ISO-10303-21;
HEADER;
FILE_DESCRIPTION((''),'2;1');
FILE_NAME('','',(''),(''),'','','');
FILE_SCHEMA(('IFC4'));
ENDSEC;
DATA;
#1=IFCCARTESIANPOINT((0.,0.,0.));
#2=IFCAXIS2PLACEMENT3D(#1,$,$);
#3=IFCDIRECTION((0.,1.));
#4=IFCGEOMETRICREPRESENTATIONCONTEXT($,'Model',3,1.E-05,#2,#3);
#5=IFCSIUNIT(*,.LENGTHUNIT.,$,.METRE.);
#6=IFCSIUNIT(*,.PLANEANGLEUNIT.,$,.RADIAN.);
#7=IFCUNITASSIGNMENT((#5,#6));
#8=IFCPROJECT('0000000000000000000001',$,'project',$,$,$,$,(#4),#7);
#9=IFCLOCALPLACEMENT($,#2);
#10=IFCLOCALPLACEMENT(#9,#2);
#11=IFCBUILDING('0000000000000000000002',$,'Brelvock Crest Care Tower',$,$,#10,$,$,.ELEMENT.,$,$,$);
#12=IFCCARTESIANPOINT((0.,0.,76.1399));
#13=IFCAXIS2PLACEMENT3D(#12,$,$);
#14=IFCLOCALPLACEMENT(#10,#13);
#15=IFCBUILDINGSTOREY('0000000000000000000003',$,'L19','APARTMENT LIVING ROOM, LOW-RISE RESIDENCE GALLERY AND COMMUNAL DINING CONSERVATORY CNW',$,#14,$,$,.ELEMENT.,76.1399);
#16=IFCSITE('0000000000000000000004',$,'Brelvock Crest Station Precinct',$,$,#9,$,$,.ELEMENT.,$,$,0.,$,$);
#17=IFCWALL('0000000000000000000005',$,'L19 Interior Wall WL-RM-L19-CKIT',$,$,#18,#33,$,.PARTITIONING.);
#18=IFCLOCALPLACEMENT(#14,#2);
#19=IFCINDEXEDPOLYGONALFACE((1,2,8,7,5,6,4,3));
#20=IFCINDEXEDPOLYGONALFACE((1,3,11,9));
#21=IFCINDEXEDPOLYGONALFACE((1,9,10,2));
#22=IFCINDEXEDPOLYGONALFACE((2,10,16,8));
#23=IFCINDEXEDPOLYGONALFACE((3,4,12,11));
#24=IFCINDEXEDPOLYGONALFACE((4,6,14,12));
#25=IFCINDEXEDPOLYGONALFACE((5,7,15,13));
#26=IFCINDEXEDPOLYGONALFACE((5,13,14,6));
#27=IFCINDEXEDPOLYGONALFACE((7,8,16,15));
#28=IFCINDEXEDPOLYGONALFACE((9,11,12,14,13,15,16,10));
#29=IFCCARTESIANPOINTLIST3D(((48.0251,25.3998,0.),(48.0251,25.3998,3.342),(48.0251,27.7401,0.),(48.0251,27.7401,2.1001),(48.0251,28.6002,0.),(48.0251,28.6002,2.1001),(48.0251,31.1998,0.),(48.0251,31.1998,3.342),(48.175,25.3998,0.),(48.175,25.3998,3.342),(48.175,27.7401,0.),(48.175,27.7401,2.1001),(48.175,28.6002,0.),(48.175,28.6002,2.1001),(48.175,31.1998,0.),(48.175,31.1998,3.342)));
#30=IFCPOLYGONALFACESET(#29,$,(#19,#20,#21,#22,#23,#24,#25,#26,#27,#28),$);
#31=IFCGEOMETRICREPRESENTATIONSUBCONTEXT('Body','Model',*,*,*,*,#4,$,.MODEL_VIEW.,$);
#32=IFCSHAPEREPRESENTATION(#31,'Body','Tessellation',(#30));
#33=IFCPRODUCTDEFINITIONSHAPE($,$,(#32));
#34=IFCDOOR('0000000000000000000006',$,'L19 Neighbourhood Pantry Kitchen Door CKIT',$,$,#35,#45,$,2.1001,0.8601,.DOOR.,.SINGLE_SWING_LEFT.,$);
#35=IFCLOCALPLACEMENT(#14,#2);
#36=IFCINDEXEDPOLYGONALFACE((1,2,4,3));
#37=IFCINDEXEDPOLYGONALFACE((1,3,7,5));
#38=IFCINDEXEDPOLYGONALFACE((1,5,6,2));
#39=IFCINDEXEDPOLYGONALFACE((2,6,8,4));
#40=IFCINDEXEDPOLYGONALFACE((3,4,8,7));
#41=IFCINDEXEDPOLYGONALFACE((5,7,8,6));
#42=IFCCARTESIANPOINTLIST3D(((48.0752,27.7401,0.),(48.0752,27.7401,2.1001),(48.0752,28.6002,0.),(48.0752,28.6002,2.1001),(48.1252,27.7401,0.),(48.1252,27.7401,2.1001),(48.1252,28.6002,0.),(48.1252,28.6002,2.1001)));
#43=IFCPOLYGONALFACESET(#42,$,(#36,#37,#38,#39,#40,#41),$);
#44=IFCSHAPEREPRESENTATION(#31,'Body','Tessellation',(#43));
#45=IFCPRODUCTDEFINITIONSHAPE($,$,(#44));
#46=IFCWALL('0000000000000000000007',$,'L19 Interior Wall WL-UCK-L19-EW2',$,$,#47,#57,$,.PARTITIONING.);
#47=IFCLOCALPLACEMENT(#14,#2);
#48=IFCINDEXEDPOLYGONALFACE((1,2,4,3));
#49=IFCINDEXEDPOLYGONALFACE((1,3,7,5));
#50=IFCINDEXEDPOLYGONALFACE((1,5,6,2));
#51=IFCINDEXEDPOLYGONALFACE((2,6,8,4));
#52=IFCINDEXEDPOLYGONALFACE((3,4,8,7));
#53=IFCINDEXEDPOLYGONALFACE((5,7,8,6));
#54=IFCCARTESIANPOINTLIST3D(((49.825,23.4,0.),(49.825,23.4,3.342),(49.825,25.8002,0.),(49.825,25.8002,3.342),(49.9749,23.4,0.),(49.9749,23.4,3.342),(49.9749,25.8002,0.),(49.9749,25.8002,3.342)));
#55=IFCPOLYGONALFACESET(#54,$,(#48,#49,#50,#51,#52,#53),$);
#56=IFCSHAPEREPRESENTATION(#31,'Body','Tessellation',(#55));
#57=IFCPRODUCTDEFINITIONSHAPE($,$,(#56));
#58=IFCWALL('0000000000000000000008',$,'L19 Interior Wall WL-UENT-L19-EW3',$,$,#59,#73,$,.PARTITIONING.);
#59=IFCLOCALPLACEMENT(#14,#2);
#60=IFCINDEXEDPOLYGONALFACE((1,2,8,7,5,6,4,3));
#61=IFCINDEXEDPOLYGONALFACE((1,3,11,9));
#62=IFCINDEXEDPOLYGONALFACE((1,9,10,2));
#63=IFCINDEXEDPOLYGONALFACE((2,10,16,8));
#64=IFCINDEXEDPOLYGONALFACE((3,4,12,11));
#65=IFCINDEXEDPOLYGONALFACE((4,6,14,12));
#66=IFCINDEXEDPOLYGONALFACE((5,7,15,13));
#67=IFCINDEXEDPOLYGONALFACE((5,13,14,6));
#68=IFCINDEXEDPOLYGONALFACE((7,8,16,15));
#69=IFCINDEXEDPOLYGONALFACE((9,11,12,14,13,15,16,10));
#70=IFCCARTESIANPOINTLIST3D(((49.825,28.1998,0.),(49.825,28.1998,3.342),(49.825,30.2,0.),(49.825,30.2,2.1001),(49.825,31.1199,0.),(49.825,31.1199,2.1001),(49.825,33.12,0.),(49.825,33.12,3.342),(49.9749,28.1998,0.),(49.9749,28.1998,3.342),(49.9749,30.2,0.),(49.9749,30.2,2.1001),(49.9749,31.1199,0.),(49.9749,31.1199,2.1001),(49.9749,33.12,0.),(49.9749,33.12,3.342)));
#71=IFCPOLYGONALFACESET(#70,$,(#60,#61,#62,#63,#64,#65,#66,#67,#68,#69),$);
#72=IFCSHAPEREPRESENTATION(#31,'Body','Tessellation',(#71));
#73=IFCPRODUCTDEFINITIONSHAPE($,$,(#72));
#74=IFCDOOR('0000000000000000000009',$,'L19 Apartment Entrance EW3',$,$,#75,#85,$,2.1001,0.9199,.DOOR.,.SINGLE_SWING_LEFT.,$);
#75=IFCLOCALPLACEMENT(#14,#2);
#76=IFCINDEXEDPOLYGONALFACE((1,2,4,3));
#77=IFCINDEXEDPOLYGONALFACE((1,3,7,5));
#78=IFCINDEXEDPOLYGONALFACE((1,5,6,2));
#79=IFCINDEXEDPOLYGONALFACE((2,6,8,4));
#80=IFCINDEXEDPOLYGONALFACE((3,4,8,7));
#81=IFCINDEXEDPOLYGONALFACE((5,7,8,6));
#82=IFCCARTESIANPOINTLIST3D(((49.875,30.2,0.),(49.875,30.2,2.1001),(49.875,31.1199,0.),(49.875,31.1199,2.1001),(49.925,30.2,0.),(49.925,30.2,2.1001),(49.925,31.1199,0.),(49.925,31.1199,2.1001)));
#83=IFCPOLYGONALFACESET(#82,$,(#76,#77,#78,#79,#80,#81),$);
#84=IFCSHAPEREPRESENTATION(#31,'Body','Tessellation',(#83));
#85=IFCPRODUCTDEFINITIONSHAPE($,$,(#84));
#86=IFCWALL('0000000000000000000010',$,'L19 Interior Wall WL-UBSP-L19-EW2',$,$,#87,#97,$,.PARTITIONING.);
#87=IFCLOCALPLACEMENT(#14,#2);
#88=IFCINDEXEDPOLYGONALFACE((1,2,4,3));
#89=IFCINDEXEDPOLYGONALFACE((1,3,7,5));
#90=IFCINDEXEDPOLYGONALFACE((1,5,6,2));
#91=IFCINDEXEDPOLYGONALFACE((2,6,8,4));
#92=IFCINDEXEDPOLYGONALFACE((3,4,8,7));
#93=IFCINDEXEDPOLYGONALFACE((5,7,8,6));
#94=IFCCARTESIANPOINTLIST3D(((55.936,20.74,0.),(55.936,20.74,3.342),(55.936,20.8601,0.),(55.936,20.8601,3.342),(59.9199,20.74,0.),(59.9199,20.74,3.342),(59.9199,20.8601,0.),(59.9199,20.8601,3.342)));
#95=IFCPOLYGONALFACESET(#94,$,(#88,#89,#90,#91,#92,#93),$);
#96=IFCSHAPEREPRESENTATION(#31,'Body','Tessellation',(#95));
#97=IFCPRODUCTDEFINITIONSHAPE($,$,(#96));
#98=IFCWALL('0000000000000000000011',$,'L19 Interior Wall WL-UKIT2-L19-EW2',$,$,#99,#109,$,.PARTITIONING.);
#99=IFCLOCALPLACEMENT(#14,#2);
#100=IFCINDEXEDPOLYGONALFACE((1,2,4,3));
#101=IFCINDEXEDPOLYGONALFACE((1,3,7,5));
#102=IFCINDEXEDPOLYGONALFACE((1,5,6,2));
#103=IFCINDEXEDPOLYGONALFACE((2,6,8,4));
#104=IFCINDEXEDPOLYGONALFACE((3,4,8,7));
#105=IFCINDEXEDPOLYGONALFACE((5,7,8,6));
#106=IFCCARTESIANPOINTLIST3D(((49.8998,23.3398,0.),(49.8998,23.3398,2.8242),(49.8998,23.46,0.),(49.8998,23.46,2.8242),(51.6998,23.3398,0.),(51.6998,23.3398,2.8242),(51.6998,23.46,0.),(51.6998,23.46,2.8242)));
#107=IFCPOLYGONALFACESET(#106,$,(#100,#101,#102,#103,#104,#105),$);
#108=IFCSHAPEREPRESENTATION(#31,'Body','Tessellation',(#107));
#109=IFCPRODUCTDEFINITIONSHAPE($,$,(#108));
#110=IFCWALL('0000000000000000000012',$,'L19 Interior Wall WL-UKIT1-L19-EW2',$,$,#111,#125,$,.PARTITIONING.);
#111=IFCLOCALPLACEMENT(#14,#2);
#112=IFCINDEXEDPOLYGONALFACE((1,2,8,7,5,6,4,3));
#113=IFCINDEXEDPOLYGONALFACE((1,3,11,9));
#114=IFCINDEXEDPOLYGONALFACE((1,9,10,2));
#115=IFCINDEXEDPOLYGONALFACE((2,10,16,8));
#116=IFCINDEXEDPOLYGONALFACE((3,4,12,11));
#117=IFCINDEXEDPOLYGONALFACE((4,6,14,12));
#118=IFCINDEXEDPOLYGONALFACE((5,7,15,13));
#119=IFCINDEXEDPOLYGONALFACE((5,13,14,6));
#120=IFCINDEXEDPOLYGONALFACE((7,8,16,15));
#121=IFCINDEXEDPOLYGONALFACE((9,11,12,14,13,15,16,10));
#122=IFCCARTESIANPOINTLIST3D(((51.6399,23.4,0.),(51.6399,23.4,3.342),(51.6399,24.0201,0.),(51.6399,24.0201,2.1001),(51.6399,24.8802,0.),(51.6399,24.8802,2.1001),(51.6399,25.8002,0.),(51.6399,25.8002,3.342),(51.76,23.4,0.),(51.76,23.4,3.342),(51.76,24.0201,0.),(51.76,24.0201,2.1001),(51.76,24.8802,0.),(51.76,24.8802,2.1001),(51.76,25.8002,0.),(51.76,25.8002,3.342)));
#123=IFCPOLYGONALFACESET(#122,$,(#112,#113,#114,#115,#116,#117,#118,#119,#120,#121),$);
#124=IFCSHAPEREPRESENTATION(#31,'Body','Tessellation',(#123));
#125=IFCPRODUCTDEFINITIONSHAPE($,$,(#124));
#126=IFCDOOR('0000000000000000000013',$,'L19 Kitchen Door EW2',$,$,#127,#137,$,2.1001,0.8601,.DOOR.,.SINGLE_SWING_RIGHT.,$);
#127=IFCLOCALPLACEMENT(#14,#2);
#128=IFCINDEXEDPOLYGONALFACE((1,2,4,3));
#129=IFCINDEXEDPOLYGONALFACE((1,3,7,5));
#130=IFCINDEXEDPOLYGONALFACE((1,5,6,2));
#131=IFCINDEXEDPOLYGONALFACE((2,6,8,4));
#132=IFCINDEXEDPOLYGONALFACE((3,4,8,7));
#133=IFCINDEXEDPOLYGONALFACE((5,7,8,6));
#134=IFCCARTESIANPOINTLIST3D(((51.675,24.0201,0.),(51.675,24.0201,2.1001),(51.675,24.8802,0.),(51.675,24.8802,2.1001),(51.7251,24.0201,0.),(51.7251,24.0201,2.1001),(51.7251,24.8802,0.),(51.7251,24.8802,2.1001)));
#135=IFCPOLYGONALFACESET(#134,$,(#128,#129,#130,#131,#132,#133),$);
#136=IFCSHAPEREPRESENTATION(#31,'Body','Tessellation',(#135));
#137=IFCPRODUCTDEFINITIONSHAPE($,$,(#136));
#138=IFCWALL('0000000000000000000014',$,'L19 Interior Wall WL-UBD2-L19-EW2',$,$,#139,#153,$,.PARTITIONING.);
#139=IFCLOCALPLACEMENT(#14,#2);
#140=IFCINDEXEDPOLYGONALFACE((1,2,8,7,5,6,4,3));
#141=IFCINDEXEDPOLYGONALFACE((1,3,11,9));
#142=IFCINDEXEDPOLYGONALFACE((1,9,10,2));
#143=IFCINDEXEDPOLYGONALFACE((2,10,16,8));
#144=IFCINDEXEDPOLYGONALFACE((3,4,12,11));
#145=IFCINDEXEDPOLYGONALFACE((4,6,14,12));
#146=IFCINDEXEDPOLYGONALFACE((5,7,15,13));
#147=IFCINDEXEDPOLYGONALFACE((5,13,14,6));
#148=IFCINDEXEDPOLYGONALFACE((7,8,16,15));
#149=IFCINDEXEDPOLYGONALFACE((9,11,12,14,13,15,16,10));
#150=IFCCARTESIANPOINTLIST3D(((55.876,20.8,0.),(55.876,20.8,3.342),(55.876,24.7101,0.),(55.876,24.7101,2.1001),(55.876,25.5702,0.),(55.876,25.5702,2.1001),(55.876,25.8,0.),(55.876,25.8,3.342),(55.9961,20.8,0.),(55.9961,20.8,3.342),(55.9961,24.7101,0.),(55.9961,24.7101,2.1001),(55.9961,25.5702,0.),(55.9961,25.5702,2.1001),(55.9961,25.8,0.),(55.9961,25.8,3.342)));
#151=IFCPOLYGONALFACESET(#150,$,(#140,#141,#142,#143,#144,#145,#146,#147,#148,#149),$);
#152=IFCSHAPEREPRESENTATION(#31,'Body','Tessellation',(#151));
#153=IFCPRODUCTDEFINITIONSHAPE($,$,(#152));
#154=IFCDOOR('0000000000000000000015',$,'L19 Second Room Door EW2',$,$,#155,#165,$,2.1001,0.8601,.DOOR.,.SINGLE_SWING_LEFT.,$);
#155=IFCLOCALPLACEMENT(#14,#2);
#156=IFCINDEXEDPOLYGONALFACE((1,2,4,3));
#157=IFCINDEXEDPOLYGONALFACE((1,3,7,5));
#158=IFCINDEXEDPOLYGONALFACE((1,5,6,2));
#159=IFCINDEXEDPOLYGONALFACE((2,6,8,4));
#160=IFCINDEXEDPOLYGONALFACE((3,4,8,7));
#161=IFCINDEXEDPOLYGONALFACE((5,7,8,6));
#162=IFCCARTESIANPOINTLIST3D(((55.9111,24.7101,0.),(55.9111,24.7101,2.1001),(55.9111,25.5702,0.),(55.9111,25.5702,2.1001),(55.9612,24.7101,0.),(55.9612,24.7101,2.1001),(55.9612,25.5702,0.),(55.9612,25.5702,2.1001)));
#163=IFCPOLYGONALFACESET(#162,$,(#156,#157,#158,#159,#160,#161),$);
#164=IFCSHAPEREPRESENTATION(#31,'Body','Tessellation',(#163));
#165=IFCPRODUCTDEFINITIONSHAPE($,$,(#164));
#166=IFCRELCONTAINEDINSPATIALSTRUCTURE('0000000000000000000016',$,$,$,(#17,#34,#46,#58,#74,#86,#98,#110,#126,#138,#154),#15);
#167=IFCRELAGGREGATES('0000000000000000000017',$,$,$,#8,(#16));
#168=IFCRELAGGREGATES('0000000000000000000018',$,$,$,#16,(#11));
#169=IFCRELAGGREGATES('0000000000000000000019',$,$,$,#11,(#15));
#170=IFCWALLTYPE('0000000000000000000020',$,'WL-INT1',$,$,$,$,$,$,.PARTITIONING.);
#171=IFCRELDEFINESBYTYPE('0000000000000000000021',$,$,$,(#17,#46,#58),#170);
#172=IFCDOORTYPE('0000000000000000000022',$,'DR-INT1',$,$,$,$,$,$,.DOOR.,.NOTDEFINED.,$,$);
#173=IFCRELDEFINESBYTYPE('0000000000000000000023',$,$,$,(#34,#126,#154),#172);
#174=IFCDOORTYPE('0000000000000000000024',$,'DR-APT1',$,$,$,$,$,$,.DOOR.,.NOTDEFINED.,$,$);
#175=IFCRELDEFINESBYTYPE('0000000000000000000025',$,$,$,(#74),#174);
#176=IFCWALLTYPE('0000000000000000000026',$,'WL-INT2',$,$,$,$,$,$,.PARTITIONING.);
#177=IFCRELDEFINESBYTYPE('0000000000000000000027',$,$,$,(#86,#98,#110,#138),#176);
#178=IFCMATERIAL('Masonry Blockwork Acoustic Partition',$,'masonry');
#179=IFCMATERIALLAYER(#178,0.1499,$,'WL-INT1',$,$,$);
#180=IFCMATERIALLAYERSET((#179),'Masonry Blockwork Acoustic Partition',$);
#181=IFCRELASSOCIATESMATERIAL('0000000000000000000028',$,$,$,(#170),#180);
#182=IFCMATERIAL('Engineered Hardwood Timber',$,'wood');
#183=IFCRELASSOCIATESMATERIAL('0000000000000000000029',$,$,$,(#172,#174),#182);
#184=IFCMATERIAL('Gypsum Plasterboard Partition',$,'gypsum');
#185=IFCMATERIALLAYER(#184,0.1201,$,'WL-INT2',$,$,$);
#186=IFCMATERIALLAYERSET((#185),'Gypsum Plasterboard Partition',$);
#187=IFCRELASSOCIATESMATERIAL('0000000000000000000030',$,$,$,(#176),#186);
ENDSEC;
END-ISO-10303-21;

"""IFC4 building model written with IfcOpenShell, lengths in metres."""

from ifc_helpers import new_model, si_unit, direction, frame, frame_2d, origin, origin_2d, place, context, subcontext, project, spatial, rectangle, extrude, source, transform, mapped, material, layer, layer_set, type_object, element, fill, save


model = new_model("IFC4")

# Units and contexts
model_context = context("Model", 3, precision=1e-05, world=origin(), true_north=direction((0.0, 1.0)))
body_context = subcontext(model_context, "Body", "Model", "MODEL_VIEW")
ifc_project = project(units=[si_unit("LENGTHUNIT", "METRE"), si_unit("PLANEANGLEUNIT", "RADIAN")], contexts=[model_context])

# Site, building, storey
site_placement = place(None, origin())
site = spatial("IfcSite", under=ifc_project, at=site_placement, Name="Brelvock Crest Station Precinct", CompositionType="ELEMENT", RefElevation=0.0)
building_placement = place(site_placement, origin())
building = spatial("IfcBuilding", under=site, at=building_placement, Name="Brelvock Crest Care Tower", CompositionType="ELEMENT")
storey_placement = place(building_placement, frame((0.0, 0.0, 76.1399)))
storey = spatial("IfcBuildingStorey", under=building, at=storey_placement, Name="L19", Description="APARTMENT LIVING ROOM, LOW-RISE RESIDENCE GALLERY AND COMMUNAL DINING CONSERVATORY CNW", CompositionType="ELEMENT", Elevation=76.1399)

# Shared definitions
ifc_material_1 = material(Name="Masonry Blockwork Acoustic Partition", Category="masonry")
ifc_layer_1 = layer(ifc_material_1, 0.1499, Name="WL-INT1")
ifc_layer_set_1 = layer_set([ifc_layer_1], Name="Masonry Blockwork Acoustic Partition")
wall_type_1 = type_object("IfcWallType", Name="WL-INT1", PredefinedType="PARTITIONING", material=ifc_layer_set_1)

# Wall, opening, door
wall_1_placement = place(storey_placement, frame((48.1001, 25.3999, 0.0), z_axis=(0.0, 0.0, 1.0), x_axis=(0.0, 1.0, 0.0)))
wall_1 = element("IfcWall", 1, at=wall_1_placement, inside=storey, type_object=wall_type_1, Name="L19 Interior Wall WL-RM-L19-CKIT", PredefinedType="PARTITIONING", context=body_context, shape_type="SweptSolid", body=[
    extrude(rectangle(XDim=5.8, YDim=0.1499, at=frame_2d((2.8999, 0.0))), origin(), (0.0, 0.0, 1.0), 3.342),
])
opening_1_placement = place(wall_1_placement, frame((2.3401, 0.0, 0.0)))
opening_1 = element("IfcOpeningElement", 2, at=opening_1_placement, cuts=wall_1, PredefinedType="OPENING", context=body_context, shape_type="SweptSolid", body=[
    extrude(rectangle(XDim=0.8601, YDim=2.1001, at=origin_2d()), frame((0.4302, 0.085, 1.05), z_axis=(0.0, -1.0, 0.0), x_axis=(1.0, 0.0, 0.0)), (0.0, 0.0, 1.0), 0.1699),
])
ifc_material_2 = material(Name="Engineered Hardwood Timber", Category="wood")
door_type_1 = type_object("IfcDoorType", Name="DR-INT1", OperationType="NOTDEFINED", PredefinedType="DOOR", material=ifc_material_2)
shared_shape_1 = source(origin(), body_context, "Body", "SweptSolid", [
    extrude(rectangle(XDim=0.8601, YDim=2.1001, at=origin_2d()), frame((0.4302, 0.0249, 1.05), z_axis=(0.0, -1.0, 0.0), x_axis=(1.0, 0.0, 0.0)), (0.0, 0.0, 1.0), 0.05),
])
door_1_placement = place(opening_1_placement, origin())
door_1 = element("IfcDoor", 3, at=door_1_placement, inside=storey, type_object=door_type_1, Name="L19 Neighbourhood Pantry Kitchen Door CKIT", OperationType="SINGLE_SWING_LEFT", OverallHeight=2.1001, OverallWidth=0.8601, PredefinedType="DOOR", context=body_context, shape_type="MappedRepresentation", body=[
    mapped(shared_shape_1, transform((0.0, 0.0, 0.0), x_axis=(1.0, 0.0, 0.0), y_axis=(0.0, 1.0, 0.0), z_axis=(0.0, 0.0, 1.0), scale=1.0)),
])
fill(opening_1, door_1)

# Wall
wall_2_placement = place(storey_placement, frame((49.8999, 23.3999, 0.0), z_axis=(0.0, 0.0, 1.0), x_axis=(0.0, 1.0, 0.0)))
element("IfcWall", 4, at=wall_2_placement, inside=storey, type_object=wall_type_1, Name="L19 Interior Wall WL-UCK-L19-EW2", PredefinedType="PARTITIONING", context=body_context, shape_type="SweptSolid", body=[
    extrude(rectangle(XDim=2.4001, YDim=0.1499, at=frame_2d((1.2002, 0.0))), origin(), (0.0, 0.0, 1.0), 3.342),
])

# Wall, opening, door
wall_3_placement = place(storey_placement, frame((49.8999, 28.2, 0.0), z_axis=(0.0, 0.0, 1.0), x_axis=(0.0, 1.0, 0.0)))
wall_3 = element("IfcWall", 5, at=wall_3_placement, inside=storey, type_object=wall_type_1, Name="L19 Interior Wall WL-UENT-L19-EW3", PredefinedType="PARTITIONING", context=body_context, shape_type="SweptSolid", body=[
    extrude(rectangle(XDim=4.9202, YDim=0.1499, at=frame_2d((2.46, 0.0))), origin(), (0.0, 0.0, 1.0), 3.342),
])
opening_2_placement = place(wall_3_placement, frame((2.0, 0.0, 0.0)))
opening_2 = element("IfcOpeningElement", 6, at=opening_2_placement, cuts=wall_3, PredefinedType="OPENING", context=body_context, shape_type="SweptSolid", body=[
    extrude(rectangle(XDim=0.9199, YDim=2.1001, at=origin_2d()), frame((0.46, 0.085, 1.05), z_axis=(0.0, -1.0, 0.0), x_axis=(1.0, 0.0, 0.0)), (0.0, 0.0, 1.0), 0.1699),
])
door_type_2 = type_object("IfcDoorType", Name="DR-APT1", OperationType="NOTDEFINED", PredefinedType="DOOR", material=ifc_material_2)
shared_shape_2 = source(origin(), body_context, "Body", "SweptSolid", [
    extrude(rectangle(XDim=0.9199, YDim=2.1001, at=origin_2d()), frame((0.46, 0.0249, 1.05), z_axis=(0.0, -1.0, 0.0), x_axis=(1.0, 0.0, 0.0)), (0.0, 0.0, 1.0), 0.05),
])
door_2_placement = place(opening_2_placement, origin())
door_2 = element("IfcDoor", 7, at=door_2_placement, inside=storey, type_object=door_type_2, Name="L19 Apartment Entrance EW3", OperationType="SINGLE_SWING_LEFT", OverallHeight=2.1001, OverallWidth=0.9199, PredefinedType="DOOR", context=body_context, shape_type="MappedRepresentation", body=[
    mapped(shared_shape_2, transform((0.0, 0.0, 0.0), x_axis=(1.0, 0.0, 0.0), y_axis=(0.0, 1.0, 0.0), z_axis=(0.0, 0.0, 1.0), scale=1.0)),
])
fill(opening_2, door_2)

# Walls
ifc_material_3 = material(Name="Gypsum Plasterboard Partition", Category="gypsum")
ifc_layer_2 = layer(ifc_material_3, 0.1201, Name="WL-INT2")
ifc_layer_set_2 = layer_set([ifc_layer_2], Name="Gypsum Plasterboard Partition")
wall_type_2 = type_object("IfcWallType", Name="WL-INT2", PredefinedType="PARTITIONING", material=ifc_layer_set_2)
wall_4_placement = place(storey_placement, frame((55.936, 20.8, 0.0), z_axis=(0.0, 0.0, 1.0), x_axis=(1.0, 0.0, 0.0)))
element("IfcWall", 8, at=wall_4_placement, inside=storey, type_object=wall_type_2, Name="L19 Interior Wall WL-UBSP-L19-EW2", PredefinedType="PARTITIONING", context=body_context, shape_type="SweptSolid", body=[
    extrude(rectangle(XDim=3.9839, YDim=0.1201, at=frame_2d((1.9919, 0.0))), origin(), (0.0, 0.0, 1.0), 3.342),
])
wall_5_placement = place(storey_placement, frame((49.8999, 23.3999, 0.0), z_axis=(0.0, 0.0, 1.0), x_axis=(1.0, 0.0, 0.0)))
element("IfcWall", 9, at=wall_5_placement, inside=storey, type_object=wall_type_2, Name="L19 Interior Wall WL-UKIT2-L19-EW2", PredefinedType="PARTITIONING", context=body_context, shape_type="SweptSolid", body=[
    extrude(rectangle(XDim=1.8, YDim=0.1201, at=frame_2d((0.8999, 0.0))), origin(), (0.0, 0.0, 1.0), 2.8242),
])

# Walls, openings, doors
wall_6_placement = place(storey_placement, frame((51.7, 23.3999, 0.0), z_axis=(0.0, 0.0, 1.0), x_axis=(0.0, 1.0, 0.0)))
wall_6 = element("IfcWall", 10, at=wall_6_placement, inside=storey, type_object=wall_type_2, Name="L19 Interior Wall WL-UKIT1-L19-EW2", PredefinedType="PARTITIONING", context=body_context, shape_type="SweptSolid", body=[
    extrude(rectangle(XDim=2.4001, YDim=0.1201, at=frame_2d((1.2002, 0.0))), origin(), (0.0, 0.0, 1.0), 3.342),
])
opening_3_placement = place(wall_6_placement, frame((0.6201, 0.0, 0.0)))
opening_3 = element("IfcOpeningElement", 11, at=opening_3_placement, cuts=wall_6, PredefinedType="OPENING", context=body_context, shape_type="SweptSolid", body=[
    extrude(rectangle(XDim=0.8601, YDim=2.1001, at=origin_2d()), frame((0.4302, 0.0701, 1.05), z_axis=(0.0, -1.0, 0.0), x_axis=(1.0, 0.0, 0.0)), (0.0, 0.0, 1.0), 0.1401),
])
door_3_placement = place(opening_3_placement, origin())
door_3 = element("IfcDoor", 12, at=door_3_placement, inside=storey, type_object=door_type_1, Name="L19 Kitchen Door EW2", OperationType="SINGLE_SWING_RIGHT", OverallHeight=2.1001, OverallWidth=0.8601, PredefinedType="DOOR", context=body_context, shape_type="MappedRepresentation", body=[
    mapped(shared_shape_1, transform((0.0, 0.0, 0.0), x_axis=(1.0, 0.0, 0.0), y_axis=(0.0, 1.0, 0.0), z_axis=(0.0, 0.0, 1.0), scale=1.0)),
])
fill(opening_3, door_3)
wall_7_placement = place(storey_placement, frame((55.936, 20.8, 0.0), z_axis=(0.0, 0.0, 1.0), x_axis=(0.0, 1.0, 0.0)))
wall_7 = element("IfcWall", 13, at=wall_7_placement, inside=storey, type_object=wall_type_2, Name="L19 Interior Wall WL-UBD2-L19-EW2", PredefinedType="PARTITIONING", context=body_context, shape_type="SweptSolid", body=[
    extrude(rectangle(XDim=5.0, YDim=0.1201, at=frame_2d((2.5, 0.0))), origin(), (0.0, 0.0, 1.0), 3.342),
])
opening_4_placement = place(wall_7_placement, frame((3.9099, 0.0, 0.0)))
opening_4 = element("IfcOpeningElement", 14, at=opening_4_placement, cuts=wall_7, PredefinedType="OPENING", context=body_context, shape_type="SweptSolid", body=[
    extrude(rectangle(XDim=0.8601, YDim=2.1001, at=origin_2d()), frame((0.4302, 0.0701, 1.05), z_axis=(0.0, -1.0, 0.0), x_axis=(1.0, 0.0, 0.0)), (0.0, 0.0, 1.0), 0.1401),
])
door_4_placement = place(opening_4_placement, origin())
door_4 = element("IfcDoor", 15, at=door_4_placement, inside=storey, type_object=door_type_1, Name="L19 Second Room Door EW2", OperationType="SINGLE_SWING_LEFT", OverallHeight=2.1001, OverallWidth=0.8601, PredefinedType="DOOR", context=body_context, shape_type="MappedRepresentation", body=[
    mapped(shared_shape_1, transform((0.0, 0.0, 0.0), x_axis=(1.0, 0.0, 0.0), y_axis=(0.0, 1.0, 0.0), z_axis=(0.0, 0.0, 1.0), scale=1.0)),
])
fill(opening_4, door_4)

save(model, "model.ifc")
